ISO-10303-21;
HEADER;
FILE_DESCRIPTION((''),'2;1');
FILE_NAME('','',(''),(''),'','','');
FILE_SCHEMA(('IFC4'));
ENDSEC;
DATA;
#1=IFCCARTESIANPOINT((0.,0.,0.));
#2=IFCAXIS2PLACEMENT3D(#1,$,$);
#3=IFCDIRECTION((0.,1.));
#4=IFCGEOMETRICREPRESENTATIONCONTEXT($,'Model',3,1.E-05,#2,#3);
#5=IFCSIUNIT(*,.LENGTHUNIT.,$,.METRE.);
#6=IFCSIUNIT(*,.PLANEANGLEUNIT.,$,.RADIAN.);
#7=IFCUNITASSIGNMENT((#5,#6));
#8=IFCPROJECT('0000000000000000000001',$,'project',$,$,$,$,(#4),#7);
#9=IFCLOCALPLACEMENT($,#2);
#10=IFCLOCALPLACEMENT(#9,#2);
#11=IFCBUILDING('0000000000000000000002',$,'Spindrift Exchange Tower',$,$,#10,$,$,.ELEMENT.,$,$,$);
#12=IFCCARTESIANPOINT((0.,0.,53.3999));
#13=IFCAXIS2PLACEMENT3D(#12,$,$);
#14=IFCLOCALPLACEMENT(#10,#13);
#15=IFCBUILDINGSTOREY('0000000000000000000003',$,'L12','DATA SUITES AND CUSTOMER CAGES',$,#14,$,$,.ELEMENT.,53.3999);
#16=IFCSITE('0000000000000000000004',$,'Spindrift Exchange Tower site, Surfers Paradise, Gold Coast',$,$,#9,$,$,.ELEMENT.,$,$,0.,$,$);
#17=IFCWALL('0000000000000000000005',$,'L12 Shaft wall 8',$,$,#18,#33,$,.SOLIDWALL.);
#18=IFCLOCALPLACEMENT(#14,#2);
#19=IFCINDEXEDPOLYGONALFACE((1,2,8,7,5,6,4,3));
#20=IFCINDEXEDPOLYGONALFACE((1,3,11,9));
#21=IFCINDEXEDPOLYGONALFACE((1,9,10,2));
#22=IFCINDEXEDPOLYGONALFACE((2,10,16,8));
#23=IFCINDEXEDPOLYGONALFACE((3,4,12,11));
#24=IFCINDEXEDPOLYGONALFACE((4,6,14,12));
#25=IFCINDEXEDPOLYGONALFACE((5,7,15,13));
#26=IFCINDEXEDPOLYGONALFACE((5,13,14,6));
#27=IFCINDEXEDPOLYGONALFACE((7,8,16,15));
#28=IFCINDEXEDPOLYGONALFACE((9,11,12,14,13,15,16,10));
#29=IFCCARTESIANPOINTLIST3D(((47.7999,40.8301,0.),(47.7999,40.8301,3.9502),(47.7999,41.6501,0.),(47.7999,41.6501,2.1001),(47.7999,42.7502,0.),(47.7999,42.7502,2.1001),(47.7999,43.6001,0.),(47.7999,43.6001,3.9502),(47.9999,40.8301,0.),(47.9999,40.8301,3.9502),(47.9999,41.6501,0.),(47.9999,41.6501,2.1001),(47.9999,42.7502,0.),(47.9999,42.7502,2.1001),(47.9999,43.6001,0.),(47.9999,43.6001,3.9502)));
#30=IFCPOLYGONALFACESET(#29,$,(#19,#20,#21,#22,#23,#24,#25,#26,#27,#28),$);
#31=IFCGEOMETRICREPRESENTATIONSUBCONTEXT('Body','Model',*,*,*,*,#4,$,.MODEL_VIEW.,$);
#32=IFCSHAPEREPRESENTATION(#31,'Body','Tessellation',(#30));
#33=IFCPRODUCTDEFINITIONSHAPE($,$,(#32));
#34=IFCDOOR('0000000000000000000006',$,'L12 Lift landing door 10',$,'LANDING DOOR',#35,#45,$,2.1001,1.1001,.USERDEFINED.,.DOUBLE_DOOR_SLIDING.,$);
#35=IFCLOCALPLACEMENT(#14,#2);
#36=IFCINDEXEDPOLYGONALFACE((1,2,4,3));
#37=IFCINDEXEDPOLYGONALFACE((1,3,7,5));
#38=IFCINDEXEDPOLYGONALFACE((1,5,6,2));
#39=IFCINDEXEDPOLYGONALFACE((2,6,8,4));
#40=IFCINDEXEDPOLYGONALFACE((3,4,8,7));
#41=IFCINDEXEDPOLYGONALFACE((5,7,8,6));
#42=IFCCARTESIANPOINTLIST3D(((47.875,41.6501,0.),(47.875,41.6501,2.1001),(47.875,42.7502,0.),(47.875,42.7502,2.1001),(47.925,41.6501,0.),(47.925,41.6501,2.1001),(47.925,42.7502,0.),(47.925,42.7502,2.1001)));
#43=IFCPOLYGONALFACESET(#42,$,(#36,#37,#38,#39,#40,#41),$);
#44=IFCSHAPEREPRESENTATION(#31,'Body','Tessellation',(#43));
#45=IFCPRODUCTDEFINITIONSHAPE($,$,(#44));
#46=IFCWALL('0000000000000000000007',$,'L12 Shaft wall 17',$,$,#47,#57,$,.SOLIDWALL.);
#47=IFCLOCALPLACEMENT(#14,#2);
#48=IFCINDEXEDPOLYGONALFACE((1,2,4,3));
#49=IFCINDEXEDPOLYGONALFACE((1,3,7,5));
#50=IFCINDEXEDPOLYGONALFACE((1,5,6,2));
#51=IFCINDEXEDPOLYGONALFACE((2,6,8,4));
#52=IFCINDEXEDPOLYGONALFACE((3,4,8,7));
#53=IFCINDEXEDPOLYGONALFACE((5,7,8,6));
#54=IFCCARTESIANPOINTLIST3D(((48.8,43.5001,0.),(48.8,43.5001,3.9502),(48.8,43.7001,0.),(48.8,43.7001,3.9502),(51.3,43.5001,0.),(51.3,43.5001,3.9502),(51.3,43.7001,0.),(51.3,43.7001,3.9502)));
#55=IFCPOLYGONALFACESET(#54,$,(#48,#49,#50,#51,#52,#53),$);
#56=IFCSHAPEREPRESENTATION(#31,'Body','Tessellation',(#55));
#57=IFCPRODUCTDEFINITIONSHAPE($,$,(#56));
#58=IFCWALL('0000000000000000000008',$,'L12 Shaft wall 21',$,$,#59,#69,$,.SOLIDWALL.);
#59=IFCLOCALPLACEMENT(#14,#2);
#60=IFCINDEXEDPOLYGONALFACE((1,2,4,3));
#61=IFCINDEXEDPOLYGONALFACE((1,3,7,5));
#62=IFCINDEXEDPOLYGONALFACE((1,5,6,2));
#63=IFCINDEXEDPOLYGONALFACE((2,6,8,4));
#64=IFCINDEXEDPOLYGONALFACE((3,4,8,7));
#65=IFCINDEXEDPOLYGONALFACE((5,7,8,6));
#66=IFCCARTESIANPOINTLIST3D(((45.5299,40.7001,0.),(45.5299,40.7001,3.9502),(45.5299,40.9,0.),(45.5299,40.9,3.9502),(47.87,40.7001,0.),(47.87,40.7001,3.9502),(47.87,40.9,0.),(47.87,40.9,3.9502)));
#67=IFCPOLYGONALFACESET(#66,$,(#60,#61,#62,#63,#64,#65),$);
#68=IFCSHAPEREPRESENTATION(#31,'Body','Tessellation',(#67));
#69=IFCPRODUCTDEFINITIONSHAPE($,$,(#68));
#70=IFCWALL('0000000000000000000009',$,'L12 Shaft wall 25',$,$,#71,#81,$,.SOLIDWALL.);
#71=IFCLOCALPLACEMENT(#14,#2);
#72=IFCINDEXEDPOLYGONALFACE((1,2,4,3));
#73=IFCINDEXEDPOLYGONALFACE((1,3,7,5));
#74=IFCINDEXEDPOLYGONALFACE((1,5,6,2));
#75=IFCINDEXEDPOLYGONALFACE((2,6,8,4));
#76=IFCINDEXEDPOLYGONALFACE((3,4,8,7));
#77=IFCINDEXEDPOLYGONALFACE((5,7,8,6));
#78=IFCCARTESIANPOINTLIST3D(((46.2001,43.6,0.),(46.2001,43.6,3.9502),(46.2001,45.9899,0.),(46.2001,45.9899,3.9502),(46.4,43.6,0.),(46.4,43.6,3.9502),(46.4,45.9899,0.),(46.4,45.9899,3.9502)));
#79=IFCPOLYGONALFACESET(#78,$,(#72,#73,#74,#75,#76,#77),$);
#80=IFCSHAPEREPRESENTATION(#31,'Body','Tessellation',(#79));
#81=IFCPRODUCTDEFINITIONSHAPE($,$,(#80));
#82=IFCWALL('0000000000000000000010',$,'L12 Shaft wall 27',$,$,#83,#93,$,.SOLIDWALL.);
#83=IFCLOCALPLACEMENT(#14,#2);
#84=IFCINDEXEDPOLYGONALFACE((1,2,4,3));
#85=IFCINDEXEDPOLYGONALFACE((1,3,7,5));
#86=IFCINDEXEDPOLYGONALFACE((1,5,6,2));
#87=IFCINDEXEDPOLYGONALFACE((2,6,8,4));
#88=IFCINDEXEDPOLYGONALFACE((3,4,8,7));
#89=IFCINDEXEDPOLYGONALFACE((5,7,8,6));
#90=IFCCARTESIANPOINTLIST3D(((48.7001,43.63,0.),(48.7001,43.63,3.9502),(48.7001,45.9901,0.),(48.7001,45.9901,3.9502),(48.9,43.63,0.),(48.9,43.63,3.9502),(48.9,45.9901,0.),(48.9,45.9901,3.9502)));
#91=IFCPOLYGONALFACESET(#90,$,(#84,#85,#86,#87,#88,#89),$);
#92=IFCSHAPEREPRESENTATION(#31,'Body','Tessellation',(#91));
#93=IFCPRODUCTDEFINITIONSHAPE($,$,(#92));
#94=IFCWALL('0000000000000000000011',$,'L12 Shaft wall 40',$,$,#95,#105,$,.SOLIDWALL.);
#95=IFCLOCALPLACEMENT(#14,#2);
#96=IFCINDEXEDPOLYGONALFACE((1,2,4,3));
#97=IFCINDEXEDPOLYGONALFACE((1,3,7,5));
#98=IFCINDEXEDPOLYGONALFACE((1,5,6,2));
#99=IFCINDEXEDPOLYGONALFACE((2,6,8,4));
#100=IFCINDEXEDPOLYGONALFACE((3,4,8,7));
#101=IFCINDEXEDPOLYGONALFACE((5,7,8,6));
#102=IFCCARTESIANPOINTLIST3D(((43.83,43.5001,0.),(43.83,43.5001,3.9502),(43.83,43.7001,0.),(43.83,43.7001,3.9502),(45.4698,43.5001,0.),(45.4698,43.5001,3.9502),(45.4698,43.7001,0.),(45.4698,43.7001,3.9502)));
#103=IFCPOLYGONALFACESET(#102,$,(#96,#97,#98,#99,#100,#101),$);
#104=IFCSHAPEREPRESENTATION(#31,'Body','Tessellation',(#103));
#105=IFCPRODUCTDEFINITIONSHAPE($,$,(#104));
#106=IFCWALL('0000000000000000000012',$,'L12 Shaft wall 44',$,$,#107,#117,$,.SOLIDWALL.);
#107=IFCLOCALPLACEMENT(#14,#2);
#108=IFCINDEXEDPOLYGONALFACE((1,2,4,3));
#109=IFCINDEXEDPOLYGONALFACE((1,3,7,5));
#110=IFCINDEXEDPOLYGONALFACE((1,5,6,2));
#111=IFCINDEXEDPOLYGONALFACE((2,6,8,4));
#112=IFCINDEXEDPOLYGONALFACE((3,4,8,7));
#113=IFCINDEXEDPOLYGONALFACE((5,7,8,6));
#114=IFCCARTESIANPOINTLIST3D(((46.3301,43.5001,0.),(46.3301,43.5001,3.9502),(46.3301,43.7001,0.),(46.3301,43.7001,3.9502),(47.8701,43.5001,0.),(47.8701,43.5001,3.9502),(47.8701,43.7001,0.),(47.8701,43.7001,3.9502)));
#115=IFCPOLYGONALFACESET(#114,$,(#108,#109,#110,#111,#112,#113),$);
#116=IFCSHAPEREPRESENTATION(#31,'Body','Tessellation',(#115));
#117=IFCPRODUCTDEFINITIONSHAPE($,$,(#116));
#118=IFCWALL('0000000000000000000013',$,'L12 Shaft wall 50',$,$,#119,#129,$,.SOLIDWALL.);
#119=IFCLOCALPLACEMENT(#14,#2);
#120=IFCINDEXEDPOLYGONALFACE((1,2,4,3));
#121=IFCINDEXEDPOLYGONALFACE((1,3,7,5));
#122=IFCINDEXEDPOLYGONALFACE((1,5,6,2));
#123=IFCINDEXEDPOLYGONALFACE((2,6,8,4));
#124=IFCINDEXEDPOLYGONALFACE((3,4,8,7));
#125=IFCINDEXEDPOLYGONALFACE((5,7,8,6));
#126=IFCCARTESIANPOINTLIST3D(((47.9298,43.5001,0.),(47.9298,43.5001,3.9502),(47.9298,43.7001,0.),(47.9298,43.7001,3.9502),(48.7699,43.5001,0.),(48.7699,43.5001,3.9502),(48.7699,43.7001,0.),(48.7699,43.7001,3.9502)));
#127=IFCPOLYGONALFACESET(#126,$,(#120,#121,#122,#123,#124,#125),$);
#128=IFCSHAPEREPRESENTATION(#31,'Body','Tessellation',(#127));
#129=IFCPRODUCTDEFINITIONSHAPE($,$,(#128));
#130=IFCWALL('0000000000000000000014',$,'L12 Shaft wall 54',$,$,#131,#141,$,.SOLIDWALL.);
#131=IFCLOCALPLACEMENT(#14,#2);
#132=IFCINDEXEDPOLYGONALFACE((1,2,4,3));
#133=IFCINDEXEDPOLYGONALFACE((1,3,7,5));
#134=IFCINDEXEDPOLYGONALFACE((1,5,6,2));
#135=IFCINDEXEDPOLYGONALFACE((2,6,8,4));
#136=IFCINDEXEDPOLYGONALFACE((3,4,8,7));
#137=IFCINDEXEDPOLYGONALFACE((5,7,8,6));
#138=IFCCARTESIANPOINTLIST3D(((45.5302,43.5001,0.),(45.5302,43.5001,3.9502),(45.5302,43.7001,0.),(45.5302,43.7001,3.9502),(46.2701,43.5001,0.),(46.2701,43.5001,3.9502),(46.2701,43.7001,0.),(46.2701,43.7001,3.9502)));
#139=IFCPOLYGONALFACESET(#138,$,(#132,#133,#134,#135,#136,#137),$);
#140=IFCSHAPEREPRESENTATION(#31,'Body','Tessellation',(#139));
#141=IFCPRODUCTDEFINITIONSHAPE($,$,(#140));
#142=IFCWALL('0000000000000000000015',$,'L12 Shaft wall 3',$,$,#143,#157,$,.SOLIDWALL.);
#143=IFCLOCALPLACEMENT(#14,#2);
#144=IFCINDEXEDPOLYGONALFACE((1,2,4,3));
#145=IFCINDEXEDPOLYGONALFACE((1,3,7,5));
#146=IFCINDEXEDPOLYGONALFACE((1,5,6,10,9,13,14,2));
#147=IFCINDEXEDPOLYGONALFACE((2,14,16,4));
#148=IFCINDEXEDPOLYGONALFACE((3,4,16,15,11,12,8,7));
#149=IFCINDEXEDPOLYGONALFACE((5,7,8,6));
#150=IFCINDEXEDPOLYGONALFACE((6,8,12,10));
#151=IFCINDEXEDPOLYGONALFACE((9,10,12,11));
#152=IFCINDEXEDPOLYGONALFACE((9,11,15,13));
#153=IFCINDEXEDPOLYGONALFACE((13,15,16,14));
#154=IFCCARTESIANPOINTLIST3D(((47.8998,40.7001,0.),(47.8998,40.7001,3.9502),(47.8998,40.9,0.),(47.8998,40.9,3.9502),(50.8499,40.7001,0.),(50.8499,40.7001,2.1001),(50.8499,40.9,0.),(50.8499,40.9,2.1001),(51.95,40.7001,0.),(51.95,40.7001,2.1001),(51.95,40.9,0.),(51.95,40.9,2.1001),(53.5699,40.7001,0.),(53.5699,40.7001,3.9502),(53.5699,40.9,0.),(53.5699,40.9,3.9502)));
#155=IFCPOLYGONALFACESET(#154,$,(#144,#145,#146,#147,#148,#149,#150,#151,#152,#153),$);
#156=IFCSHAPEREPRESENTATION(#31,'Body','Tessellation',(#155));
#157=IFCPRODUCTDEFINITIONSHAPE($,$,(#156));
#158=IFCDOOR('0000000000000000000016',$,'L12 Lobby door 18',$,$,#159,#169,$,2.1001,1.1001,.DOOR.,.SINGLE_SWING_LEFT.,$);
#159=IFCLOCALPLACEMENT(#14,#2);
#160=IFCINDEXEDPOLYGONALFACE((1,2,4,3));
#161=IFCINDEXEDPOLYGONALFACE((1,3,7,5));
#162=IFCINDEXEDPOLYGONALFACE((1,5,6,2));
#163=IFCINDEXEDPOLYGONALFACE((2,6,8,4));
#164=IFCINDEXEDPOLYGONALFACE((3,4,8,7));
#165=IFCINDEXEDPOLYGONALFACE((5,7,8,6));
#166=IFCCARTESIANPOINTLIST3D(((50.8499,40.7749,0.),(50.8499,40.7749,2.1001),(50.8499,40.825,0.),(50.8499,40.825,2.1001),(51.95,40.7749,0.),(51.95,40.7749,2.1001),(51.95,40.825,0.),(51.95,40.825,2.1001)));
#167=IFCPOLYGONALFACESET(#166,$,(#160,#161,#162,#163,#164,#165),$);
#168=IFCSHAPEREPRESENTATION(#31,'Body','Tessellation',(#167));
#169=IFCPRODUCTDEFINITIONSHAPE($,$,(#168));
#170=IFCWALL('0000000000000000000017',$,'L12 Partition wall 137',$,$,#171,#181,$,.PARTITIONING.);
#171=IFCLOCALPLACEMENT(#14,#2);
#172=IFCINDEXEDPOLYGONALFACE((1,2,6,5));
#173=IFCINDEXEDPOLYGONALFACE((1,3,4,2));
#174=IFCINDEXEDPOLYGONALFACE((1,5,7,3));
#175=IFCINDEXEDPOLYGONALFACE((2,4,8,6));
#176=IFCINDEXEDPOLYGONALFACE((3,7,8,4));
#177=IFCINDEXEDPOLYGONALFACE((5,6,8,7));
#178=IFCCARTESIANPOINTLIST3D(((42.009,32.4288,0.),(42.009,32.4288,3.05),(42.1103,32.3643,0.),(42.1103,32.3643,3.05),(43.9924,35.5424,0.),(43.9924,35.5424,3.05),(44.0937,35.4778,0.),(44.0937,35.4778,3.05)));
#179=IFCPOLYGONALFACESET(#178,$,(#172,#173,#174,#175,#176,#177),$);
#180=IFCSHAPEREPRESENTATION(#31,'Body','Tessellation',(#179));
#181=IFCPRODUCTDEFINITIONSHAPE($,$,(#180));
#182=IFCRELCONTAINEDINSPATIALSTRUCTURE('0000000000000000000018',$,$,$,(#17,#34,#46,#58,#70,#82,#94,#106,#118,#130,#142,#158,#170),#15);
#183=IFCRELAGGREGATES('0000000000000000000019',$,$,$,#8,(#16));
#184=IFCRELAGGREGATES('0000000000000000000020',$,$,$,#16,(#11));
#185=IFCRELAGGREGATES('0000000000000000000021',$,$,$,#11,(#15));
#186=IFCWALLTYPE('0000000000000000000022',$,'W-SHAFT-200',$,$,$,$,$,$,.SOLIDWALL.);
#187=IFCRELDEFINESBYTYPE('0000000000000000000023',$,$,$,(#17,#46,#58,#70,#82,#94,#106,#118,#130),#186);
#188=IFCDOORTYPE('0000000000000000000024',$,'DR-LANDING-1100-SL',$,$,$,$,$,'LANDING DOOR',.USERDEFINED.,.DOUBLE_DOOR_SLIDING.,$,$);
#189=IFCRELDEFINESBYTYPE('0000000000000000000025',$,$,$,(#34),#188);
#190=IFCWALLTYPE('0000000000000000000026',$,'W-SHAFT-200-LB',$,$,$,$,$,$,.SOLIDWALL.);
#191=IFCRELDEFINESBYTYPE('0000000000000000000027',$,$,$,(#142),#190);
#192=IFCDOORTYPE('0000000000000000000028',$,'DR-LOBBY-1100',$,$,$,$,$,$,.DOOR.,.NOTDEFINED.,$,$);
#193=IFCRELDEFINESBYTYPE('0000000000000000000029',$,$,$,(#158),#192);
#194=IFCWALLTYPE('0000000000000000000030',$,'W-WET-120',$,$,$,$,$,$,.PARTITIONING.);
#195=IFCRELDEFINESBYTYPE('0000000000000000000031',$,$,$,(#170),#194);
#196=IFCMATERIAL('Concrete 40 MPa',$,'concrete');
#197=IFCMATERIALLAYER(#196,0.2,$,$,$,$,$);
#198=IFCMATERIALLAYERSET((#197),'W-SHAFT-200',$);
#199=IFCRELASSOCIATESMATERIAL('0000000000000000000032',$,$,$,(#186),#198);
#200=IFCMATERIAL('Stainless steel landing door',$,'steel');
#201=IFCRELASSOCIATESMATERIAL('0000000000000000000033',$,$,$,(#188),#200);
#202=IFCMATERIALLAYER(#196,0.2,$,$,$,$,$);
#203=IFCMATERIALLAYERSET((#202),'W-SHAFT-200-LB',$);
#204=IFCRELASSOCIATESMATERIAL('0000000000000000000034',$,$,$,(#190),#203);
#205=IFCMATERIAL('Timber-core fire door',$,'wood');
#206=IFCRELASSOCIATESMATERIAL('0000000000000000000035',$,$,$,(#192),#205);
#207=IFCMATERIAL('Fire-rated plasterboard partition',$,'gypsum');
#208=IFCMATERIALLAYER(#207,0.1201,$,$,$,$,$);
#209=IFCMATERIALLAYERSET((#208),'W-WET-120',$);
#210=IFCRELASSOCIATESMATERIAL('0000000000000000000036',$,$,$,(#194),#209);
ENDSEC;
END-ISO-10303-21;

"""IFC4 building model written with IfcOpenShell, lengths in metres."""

from ifc_helpers import new_model, si_unit, direction, frame, frame_2d, origin, place, context, subcontext, project, spatial, rectangle, extrude, source, transform, mapped, material, layer, layer_set, type_object, element, fill, save


model = new_model("IFC4")

# Units and contexts
model_context = context("Model", 3, precision=1e-05, world=origin(), true_north=direction((0.0, 1.0)))
body_context = subcontext(model_context, "Body", "Model", "MODEL_VIEW")
ifc_project = project(units=[si_unit("LENGTHUNIT", "METRE"), si_unit("PLANEANGLEUNIT", "RADIAN")], contexts=[model_context])

# Site, building, storey
site_placement = place(None, origin())
site = spatial("IfcSite", under=ifc_project, at=site_placement, Name="Spindrift Exchange Tower site, Surfers Paradise, Gold Coast", CompositionType="ELEMENT", RefElevation=0.0)
building_placement = place(site_placement, origin())
building = spatial("IfcBuilding", under=site, at=building_placement, Name="Spindrift Exchange Tower", CompositionType="ELEMENT")
storey_placement = place(building_placement, frame((0.0, 0.0, 53.3999)))
storey = spatial("IfcBuildingStorey", under=building, at=storey_placement, Name="L12", Description="DATA SUITES AND CUSTOMER CAGES", CompositionType="ELEMENT", Elevation=53.3999)

# Shared definitions
ifc_material_1 = material(Name="Fire-rated plasterboard partition", Category="gypsum")
ifc_material_2 = material(Name="Concrete 40 MPa", Category="concrete")
ifc_layer_1 = layer(ifc_material_2, 0.2)
ifc_layer_set_1 = layer_set([ifc_layer_1], Name="W-SHAFT-200")
wall_type_1 = type_object("IfcWallType", Name="W-SHAFT-200", PredefinedType="SOLIDWALL", material=ifc_layer_set_1)

# Wall, opening, door
wall_1_placement = place(storey_placement, frame((47.8999, 40.8301, 0.0), z_axis=(0.0, 0.0, 1.0), x_axis=(0.0, 1.0, 0.0)))
wall_1 = element("IfcWall", 1, at=wall_1_placement, inside=storey, type_object=wall_type_1, Name="L12 Shaft wall 8", PredefinedType="SOLIDWALL", context=body_context, shape_type="SweptSolid", body=[
    extrude(rectangle(XDim=2.77, YDim=0.2, at=frame_2d((1.385, 0.0))), origin(), (0.0, 0.0, 1.0), 3.9502),
])
opening_1_placement = place(wall_1_placement, frame((0.8201, 0.0, 0.0)))
opening_1 = element("IfcOpeningElement", 2, at=opening_1_placement, cuts=wall_1, PredefinedType="OPENING", context=body_context, shape_type="SweptSolid", body=[
    extrude(rectangle(XDim=1.1001, YDim=2.1001, at=frame_2d((0.55, 1.05))), frame((0.0, 0.1099, 0.0), z_axis=(0.0, -1.0, 0.0), x_axis=(1.0, 0.0, 0.0)), (0.0, 0.0, 1.0), 0.22),
])
ifc_material_3 = material(Name="Stainless steel landing door", Category="steel")
door_type_1 = type_object("IfcDoorType", Name="DR-LANDING-1100-SL", ElementType="LANDING DOOR", OperationType="DOUBLE_DOOR_SLIDING", PredefinedType="USERDEFINED", material=ifc_material_3)
shared_shape_1 = source(origin(), body_context, "Body", "SweptSolid", [
    extrude(rectangle(XDim=1.1001, YDim=2.1001, at=frame_2d((0.55, 1.05))), frame((0.0, 0.0249, 0.0), z_axis=(0.0, -1.0, 0.0), x_axis=(1.0, 0.0, 0.0)), (0.0, 0.0, 1.0), 0.05),
])
door_1_placement = place(opening_1_placement, origin())
door_1 = element("IfcDoor", 3, at=door_1_placement, inside=storey, type_object=door_type_1, Name="L12 Lift landing door 10", ObjectType="LANDING DOOR", OperationType="DOUBLE_DOOR_SLIDING", OverallHeight=2.1001, OverallWidth=1.1001, PredefinedType="USERDEFINED", context=body_context, shape_type="MappedRepresentation", body=[
    mapped(shared_shape_1, transform((0.0, 0.0, 0.0), scale=1.0)),
])
fill(opening_1, door_1)

# Walls
wall_2_placement = place(storey_placement, frame((48.8, 43.6001, 0.0), z_axis=(0.0, 0.0, 1.0), x_axis=(1.0, 0.0, 0.0)))
element("IfcWall", 4, at=wall_2_placement, inside=storey, type_object=wall_type_1, Name="L12 Shaft wall 17", PredefinedType="SOLIDWALL", context=body_context, shape_type="SweptSolid", body=[
    extrude(rectangle(XDim=2.5, YDim=0.2, at=frame_2d((1.25, 0.0))), origin(), (0.0, 0.0, 1.0), 3.9502),
])
wall_3_placement = place(storey_placement, frame((45.53, 40.8, 0.0), z_axis=(0.0, 0.0, 1.0), x_axis=(1.0, 0.0, 0.0)))
element("IfcWall", 5, at=wall_3_placement, inside=storey, type_object=wall_type_1, Name="L12 Shaft wall 21", PredefinedType="SOLIDWALL", context=body_context, shape_type="SweptSolid", body=[
    extrude(rectangle(XDim=2.3401, YDim=0.2, at=frame_2d((1.1699, 0.0))), origin(), (0.0, 0.0, 1.0), 3.9502),
])
wall_4_placement = place(storey_placement, frame((46.3, 43.6001, 0.0), z_axis=(0.0, 0.0, 1.0), x_axis=(0.0, 1.0, 0.0)))
element("IfcWall", 6, at=wall_4_placement, inside=storey, type_object=wall_type_1, Name="L12 Shaft wall 25", PredefinedType="SOLIDWALL", context=body_context, shape_type="SweptSolid", body=[
    extrude(rectangle(XDim=2.3899, YDim=0.2, at=frame_2d((1.1948, 0.0))), origin(), (0.0, 0.0, 1.0), 3.9502),
])
wall_5_placement = place(storey_placement, frame((48.8, 43.6299, 0.0), z_axis=(0.0, 0.0, 1.0), x_axis=(0.0, 1.0, 0.0)))
element("IfcWall", 7, at=wall_5_placement, inside=storey, type_object=wall_type_1, Name="L12 Shaft wall 27", PredefinedType="SOLIDWALL", context=body_context, shape_type="SweptSolid", body=[
    extrude(rectangle(XDim=2.3601, YDim=0.2, at=frame_2d((1.1802, 0.0))), origin(), (0.0, 0.0, 1.0), 3.9502),
])
wall_6_placement = place(storey_placement, frame((43.8301, 43.6001, 0.0), z_axis=(0.0, 0.0, 1.0), x_axis=(1.0, 0.0, 0.0)))
element("IfcWall", 8, at=wall_6_placement, inside=storey, type_object=wall_type_1, Name="L12 Shaft wall 40", PredefinedType="SOLIDWALL", context=body_context, shape_type="SweptSolid", body=[
    extrude(rectangle(XDim=1.6399, YDim=0.2, at=frame_2d((0.8198, 0.0))), origin(), (0.0, 0.0, 1.0), 3.9502),
])
wall_7_placement = place(storey_placement, frame((46.3301, 43.6001, 0.0), z_axis=(0.0, 0.0, 1.0), x_axis=(1.0, 0.0, 0.0)))
element("IfcWall", 9, at=wall_7_placement, inside=storey, type_object=wall_type_1, Name="L12 Shaft wall 44", PredefinedType="SOLIDWALL", context=body_context, shape_type="SweptSolid", body=[
    extrude(rectangle(XDim=1.54, YDim=0.2, at=frame_2d((0.77, 0.0))), origin(), (0.0, 0.0, 1.0), 3.9502),
])
wall_8_placement = place(storey_placement, frame((47.9299, 43.6001, 0.0), z_axis=(0.0, 0.0, 1.0), x_axis=(1.0, 0.0, 0.0)))
element("IfcWall", 10, at=wall_8_placement, inside=storey, type_object=wall_type_1, Name="L12 Shaft wall 50", PredefinedType="SOLIDWALL", context=body_context, shape_type="SweptSolid", body=[
    extrude(rectangle(XDim=0.8401, YDim=0.2, at=frame_2d((0.4199, 0.0))), origin(), (0.0, 0.0, 1.0), 3.9502),
])
wall_9_placement = place(storey_placement, frame((45.53, 43.6001, 0.0), z_axis=(0.0, 0.0, 1.0), x_axis=(1.0, 0.0, 0.0)))
element("IfcWall", 11, at=wall_9_placement, inside=storey, type_object=wall_type_1, Name="L12 Shaft wall 54", PredefinedType="SOLIDWALL", context=body_context, shape_type="SweptSolid", body=[
    extrude(rectangle(XDim=0.74, YDim=0.2, at=frame_2d((0.3701, 0.0))), origin(), (0.0, 0.0, 1.0), 3.9502),
])

# Wall, opening, door
ifc_layer_2 = layer(ifc_material_2, 0.2)
ifc_layer_set_2 = layer_set([ifc_layer_2], Name="W-SHAFT-200-LB")
wall_type_2 = type_object("IfcWallType", Name="W-SHAFT-200-LB", PredefinedType="SOLIDWALL", material=ifc_layer_set_2)
wall_10_placement = place(storey_placement, frame((47.8999, 40.8, 0.0), z_axis=(0.0, 0.0, 1.0), x_axis=(1.0, 0.0, 0.0)))
wall_10 = element("IfcWall", 12, at=wall_10_placement, inside=storey, type_object=wall_type_2, Name="L12 Shaft wall 3", PredefinedType="SOLIDWALL", context=body_context, shape_type="SweptSolid", body=[
    extrude(rectangle(XDim=5.6702, YDim=0.2, at=frame_2d((2.835, 0.0))), origin(), (0.0, 0.0, 1.0), 3.9502),
])
opening_2_placement = place(wall_10_placement, frame((2.95, 0.0, 0.0)))
opening_2 = element("IfcOpeningElement", 13, at=opening_2_placement, cuts=wall_10, PredefinedType="OPENING", context=body_context, shape_type="SweptSolid", body=[
    extrude(rectangle(XDim=1.1001, YDim=2.1001, at=frame_2d((0.55, 1.05))), frame((0.0, 0.1099, 0.0), z_axis=(0.0, -1.0, 0.0), x_axis=(1.0, 0.0, 0.0)), (0.0, 0.0, 1.0), 0.22),
])
ifc_material_4 = material(Name="Timber-core fire door", Category="wood")
door_type_2 = type_object("IfcDoorType", Name="DR-LOBBY-1100", OperationType="NOTDEFINED", PredefinedType="DOOR", material=ifc_material_4)
shared_shape_2 = source(origin(), body_context, "Body", "SweptSolid", [
    extrude(rectangle(XDim=1.1001, YDim=2.1001, at=frame_2d((0.55, 1.05))), frame((0.0, 0.0249, 0.0), z_axis=(0.0, -1.0, 0.0), x_axis=(1.0, 0.0, 0.0)), (0.0, 0.0, 1.0), 0.05),
])
door_2_placement = place(opening_2_placement, origin())
door_2 = element("IfcDoor", 14, at=door_2_placement, inside=storey, type_object=door_type_2, Name="L12 Lobby door 18", OperationType="SINGLE_SWING_LEFT", OverallHeight=2.1001, OverallWidth=1.1001, PredefinedType="DOOR", context=body_context, shape_type="MappedRepresentation", body=[
    mapped(shared_shape_2, transform((0.0, 0.0, 0.0), scale=1.0)),
])
fill(opening_2, door_2)

# Wall
ifc_layer_3 = layer(ifc_material_1, 0.1201)
ifc_layer_set_3 = layer_set([ifc_layer_3], Name="W-WET-120")
wall_type_3 = type_object("IfcWallType", Name="W-WET-120", PredefinedType="PARTITIONING", material=ifc_layer_set_3)
wall_11_placement = place(storey_placement, frame((44.043, 35.51, 0.0), z_axis=(0.0, 0.0, 1.0), x_axis=(-0.537273, -0.843408, 0.0)))
element("IfcWall", 15, at=wall_11_placement, inside=storey, type_object=wall_type_3, Name="L12 Partition wall 137", PredefinedType="PARTITIONING", context=body_context, shape_type="SweptSolid", body=[
    extrude(rectangle(XDim=3.6917, YDim=0.1201, at=frame_2d((1.8457, 0.0))), origin(), (0.0, 0.0, 1.0), 3.05),
])

save(model, "model.ifc")
